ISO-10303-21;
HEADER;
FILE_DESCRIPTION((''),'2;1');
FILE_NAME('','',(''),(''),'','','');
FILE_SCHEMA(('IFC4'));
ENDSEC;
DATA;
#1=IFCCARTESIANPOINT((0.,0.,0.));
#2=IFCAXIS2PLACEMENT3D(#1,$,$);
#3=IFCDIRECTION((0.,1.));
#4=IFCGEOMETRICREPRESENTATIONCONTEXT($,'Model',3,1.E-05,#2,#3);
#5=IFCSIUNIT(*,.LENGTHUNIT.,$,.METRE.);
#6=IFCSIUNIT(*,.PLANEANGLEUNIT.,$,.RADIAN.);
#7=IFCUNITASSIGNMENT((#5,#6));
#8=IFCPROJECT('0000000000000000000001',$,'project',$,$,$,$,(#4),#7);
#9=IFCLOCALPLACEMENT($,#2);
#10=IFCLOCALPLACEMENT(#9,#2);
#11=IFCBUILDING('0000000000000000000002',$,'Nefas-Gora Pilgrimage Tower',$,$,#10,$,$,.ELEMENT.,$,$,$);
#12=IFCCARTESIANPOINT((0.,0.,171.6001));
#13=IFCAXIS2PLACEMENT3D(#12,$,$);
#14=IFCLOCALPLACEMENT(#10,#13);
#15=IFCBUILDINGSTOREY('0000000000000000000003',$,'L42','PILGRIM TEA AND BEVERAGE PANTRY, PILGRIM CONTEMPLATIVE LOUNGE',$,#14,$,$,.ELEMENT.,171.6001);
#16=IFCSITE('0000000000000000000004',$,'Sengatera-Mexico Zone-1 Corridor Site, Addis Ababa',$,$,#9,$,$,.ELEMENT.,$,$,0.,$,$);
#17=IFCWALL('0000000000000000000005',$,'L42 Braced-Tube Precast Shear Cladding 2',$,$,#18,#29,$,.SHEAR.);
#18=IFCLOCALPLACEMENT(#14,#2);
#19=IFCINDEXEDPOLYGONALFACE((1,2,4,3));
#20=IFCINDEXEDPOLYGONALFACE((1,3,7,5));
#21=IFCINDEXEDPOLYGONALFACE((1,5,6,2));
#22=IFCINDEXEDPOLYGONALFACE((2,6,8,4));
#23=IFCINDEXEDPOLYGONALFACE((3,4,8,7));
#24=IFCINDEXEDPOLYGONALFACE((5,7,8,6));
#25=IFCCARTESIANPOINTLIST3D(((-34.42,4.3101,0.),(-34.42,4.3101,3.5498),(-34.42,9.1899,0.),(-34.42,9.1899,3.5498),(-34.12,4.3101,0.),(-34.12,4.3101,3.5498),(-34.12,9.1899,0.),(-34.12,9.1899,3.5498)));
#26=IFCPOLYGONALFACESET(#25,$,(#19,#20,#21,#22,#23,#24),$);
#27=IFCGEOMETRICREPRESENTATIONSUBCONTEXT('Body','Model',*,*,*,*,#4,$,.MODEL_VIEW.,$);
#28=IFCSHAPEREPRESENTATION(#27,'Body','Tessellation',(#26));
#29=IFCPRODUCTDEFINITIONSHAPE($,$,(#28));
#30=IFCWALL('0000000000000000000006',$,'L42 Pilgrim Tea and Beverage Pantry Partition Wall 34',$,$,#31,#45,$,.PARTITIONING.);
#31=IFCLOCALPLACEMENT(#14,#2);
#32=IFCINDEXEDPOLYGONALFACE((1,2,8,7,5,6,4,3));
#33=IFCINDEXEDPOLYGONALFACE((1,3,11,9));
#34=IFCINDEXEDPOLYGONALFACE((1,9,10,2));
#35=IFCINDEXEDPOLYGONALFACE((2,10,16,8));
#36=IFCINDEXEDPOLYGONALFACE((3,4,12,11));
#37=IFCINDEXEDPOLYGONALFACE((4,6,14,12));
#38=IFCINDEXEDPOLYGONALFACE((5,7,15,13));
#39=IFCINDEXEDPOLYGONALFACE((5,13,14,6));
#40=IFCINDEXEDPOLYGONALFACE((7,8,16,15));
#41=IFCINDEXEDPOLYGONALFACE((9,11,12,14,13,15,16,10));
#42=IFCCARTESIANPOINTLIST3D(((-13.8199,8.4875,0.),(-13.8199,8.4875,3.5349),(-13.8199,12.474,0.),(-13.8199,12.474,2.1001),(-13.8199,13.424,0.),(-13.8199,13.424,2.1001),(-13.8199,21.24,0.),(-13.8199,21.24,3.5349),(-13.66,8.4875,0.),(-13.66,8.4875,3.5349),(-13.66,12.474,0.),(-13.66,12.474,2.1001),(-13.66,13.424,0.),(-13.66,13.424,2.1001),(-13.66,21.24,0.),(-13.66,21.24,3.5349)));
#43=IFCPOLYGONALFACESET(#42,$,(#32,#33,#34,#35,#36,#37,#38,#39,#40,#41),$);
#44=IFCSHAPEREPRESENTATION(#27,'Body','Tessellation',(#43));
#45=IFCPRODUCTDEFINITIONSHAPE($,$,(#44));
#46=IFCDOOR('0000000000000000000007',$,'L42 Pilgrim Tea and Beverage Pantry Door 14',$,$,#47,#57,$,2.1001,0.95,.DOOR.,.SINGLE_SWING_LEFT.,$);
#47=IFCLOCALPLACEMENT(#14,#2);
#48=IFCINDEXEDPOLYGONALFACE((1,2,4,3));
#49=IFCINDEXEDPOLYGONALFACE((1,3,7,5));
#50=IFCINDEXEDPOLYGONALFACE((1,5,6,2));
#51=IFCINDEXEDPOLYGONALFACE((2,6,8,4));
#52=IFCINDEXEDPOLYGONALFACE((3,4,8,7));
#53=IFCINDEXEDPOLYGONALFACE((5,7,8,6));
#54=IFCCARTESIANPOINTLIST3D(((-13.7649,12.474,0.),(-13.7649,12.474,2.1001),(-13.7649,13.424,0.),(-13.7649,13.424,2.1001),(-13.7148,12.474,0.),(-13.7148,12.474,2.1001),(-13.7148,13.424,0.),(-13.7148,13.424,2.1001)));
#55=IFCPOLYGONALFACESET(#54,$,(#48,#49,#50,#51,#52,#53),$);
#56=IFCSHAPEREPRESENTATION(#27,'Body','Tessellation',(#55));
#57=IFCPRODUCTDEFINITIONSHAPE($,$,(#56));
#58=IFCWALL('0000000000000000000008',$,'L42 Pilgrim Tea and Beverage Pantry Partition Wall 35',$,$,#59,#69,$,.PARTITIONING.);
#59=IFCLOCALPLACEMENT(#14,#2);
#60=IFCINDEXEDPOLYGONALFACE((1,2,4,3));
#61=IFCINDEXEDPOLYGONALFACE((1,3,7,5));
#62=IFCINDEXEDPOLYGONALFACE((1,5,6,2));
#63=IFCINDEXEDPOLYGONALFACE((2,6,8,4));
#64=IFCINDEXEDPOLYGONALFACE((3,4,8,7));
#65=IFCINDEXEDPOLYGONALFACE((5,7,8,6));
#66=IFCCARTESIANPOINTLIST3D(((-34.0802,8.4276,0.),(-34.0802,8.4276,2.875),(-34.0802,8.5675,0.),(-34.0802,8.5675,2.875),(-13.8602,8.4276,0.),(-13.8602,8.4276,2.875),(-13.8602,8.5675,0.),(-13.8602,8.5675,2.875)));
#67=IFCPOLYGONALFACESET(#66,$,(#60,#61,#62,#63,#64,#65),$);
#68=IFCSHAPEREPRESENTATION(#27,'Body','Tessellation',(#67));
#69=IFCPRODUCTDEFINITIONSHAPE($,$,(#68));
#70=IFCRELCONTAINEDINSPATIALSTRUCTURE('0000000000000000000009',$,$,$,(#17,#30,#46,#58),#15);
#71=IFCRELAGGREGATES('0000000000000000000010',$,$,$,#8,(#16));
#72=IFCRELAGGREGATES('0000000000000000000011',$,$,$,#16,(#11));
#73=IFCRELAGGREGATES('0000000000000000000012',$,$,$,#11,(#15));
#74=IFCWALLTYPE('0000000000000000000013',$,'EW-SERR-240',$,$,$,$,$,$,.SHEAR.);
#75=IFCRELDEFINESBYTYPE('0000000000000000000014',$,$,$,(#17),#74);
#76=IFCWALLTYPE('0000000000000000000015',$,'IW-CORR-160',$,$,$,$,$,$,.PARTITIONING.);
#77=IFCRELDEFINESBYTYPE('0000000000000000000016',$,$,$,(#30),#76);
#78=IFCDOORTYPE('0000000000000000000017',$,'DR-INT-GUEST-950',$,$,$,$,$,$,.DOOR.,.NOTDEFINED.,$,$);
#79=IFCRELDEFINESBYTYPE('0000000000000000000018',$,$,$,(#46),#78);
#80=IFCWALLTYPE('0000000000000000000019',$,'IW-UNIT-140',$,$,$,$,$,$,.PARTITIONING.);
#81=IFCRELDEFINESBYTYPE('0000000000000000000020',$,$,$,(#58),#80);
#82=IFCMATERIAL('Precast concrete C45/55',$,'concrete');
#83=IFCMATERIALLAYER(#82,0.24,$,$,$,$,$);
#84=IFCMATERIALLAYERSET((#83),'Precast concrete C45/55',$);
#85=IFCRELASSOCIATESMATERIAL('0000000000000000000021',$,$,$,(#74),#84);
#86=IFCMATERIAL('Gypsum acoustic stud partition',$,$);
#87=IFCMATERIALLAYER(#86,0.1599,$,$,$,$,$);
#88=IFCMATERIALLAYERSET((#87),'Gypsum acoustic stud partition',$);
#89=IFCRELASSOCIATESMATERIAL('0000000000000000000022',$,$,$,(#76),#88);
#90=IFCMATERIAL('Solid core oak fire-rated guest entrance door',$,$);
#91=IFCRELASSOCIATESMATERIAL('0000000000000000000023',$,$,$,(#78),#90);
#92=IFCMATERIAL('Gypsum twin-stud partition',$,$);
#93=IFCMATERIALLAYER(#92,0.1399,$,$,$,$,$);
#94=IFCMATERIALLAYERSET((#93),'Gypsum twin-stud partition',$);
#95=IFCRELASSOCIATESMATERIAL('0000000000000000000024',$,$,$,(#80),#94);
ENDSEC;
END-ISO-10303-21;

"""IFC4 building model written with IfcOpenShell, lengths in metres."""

from ifc_helpers import new_model, si_unit, direction, frame, frame_2d, origin, place, context, subcontext, project, spatial, rectangle, extrude, source, transform, mapped, material, layer, layer_set, type_object, element, fill, save


model = new_model("IFC4")

# Units and contexts
model_context = context("Model", 3, precision=1e-05, world=origin(), true_north=direction((0.0, 1.0)))
body_context = subcontext(model_context, "Body", "Model", "MODEL_VIEW")
ifc_project = project(units=[si_unit("LENGTHUNIT", "METRE"), si_unit("PLANEANGLEUNIT", "RADIAN")], contexts=[model_context])

# Site, building, storey
site_placement = place(None, origin())
site = spatial("IfcSite", under=ifc_project, at=site_placement, Name="Sengatera-Mexico Zone-1 Corridor Site, Addis Ababa", CompositionType="ELEMENT", RefElevation=0.0)
building_placement = place(site_placement, origin())
building = spatial("IfcBuilding", under=site, at=building_placement, Name="Nefas-Gora Pilgrimage Tower", CompositionType="ELEMENT")
storey_placement = place(building_placement, frame((0.0, 0.0, 171.6001)))
storey = spatial("IfcBuildingStorey", under=building, at=storey_placement, Name="L42", Description="PILGRIM TEA AND BEVERAGE PANTRY, PILGRIM CONTEMPLATIVE LOUNGE", CompositionType="ELEMENT", Elevation=171.6001)

# Wall
ifc_material_1 = material(Name="Precast concrete C45/55", Category="concrete")
ifc_layer_1 = layer(ifc_material_1, 0.24)
ifc_layer_set_1 = layer_set([ifc_layer_1], Name="Precast concrete C45/55")
wall_type_1 = type_object("IfcWallType", Name="EW-SERR-240", PredefinedType="SHEAR", material=ifc_layer_set_1)
shared_shape_1 = source(origin(), body_context, "Body", "SweptSolid", [
    extrude(rectangle(XDim=4.8799, YDim=0.3, at=frame_2d((2.4399, 0.0))), origin(), (0.0, 0.0, 1.0), 3.5498),
])
wall_1_placement = place(storey_placement, frame((-34.27, 4.3101, 0.0), z_axis=(0.0, 0.0, 1.0), x_axis=(0.0, 1.0, 0.0)))
element("IfcWall", 1, at=wall_1_placement, inside=storey, type_object=wall_type_1, Name="L42 Braced-Tube Precast Shear Cladding 2", PredefinedType="SHEAR", context=body_context, shape_type="MappedRepresentation", body=[
    mapped(shared_shape_1, transform((0.0, 0.0, 0.0), x_axis=(1.0, 0.0, 0.0), y_axis=(0.0, 1.0, 0.0), z_axis=(0.0, 0.0, 1.0), scale=1.0)),
])

# Wall, opening, door
ifc_material_2 = material(Name="Gypsum acoustic stud partition")
ifc_layer_2 = layer(ifc_material_2, 0.1599)
ifc_layer_set_2 = layer_set([ifc_layer_2], Name="Gypsum acoustic stud partition")
wall_type_2 = type_object("IfcWallType", Name="IW-CORR-160", PredefinedType="PARTITIONING", material=ifc_layer_set_2)
shared_shape_2 = source(origin(), body_context, "Body", "SweptSolid", [
    extrude(rectangle(XDim=12.7524, YDim=0.1599, at=frame_2d((6.3762, 0.0))), origin(), (0.0, 0.0, 1.0), 3.5349),
])
wall_2_placement = place(storey_placement, frame((-13.74, 8.4875, 0.0), z_axis=(0.0, 0.0, 1.0), x_axis=(0.0, 1.0, 0.0)))
wall_2 = element("IfcWall", 2, at=wall_2_placement, inside=storey, type_object=wall_type_2, Name="L42 Pilgrim Tea and Beverage Pantry Partition Wall 34", PredefinedType="PARTITIONING", context=body_context, shape_type="MappedRepresentation", body=[
    mapped(shared_shape_2, transform((0.0, 0.0, 0.0), x_axis=(1.0, 0.0, 0.0), y_axis=(0.0, 1.0, 0.0), z_axis=(0.0, 0.0, 1.0), scale=1.0)),
])
opening_placement = place(wall_2_placement, frame((3.9863, 0.0, 0.0)))
opening = element("IfcOpeningElement", 3, at=opening_placement, cuts=wall_2, PredefinedType="OPENING", context=body_context, shape_type="SweptSolid", body=[
    extrude(rectangle(XDim=0.95, YDim=2.1001, at=frame_2d((0.4751, 1.05))), frame((0.0, 0.0898, 0.0), z_axis=(0.0, -1.0, 0.0), x_axis=(1.0, 0.0, 0.0)), (0.0, 0.0, 1.0), 0.1799),
])
ifc_material_3 = material(Name="Solid core oak fire-rated guest entrance door")
door_type = type_object("IfcDoorType", Name="DR-INT-GUEST-950", OperationType="NOTDEFINED", PredefinedType="DOOR", material=ifc_material_3)
shared_shape_3 = source(origin(), body_context, "Body", "SweptSolid", [
    extrude(rectangle(XDim=0.95, YDim=2.1001, at=frame_2d((0.4751, 1.05))), frame((0.0, 0.0249, 0.0), z_axis=(0.0, -1.0, 0.0), x_axis=(1.0, 0.0, 0.0)), (0.0, 0.0, 1.0), 0.05),
])
door_placement = place(opening_placement, origin())
door = element("IfcDoor", 4, at=door_placement, inside=storey, type_object=door_type, Name="L42 Pilgrim Tea and Beverage Pantry Door 14", OperationType="SINGLE_SWING_LEFT", OverallHeight=2.1001, OverallWidth=0.95, PredefinedType="DOOR", context=body_context, shape_type="MappedRepresentation", body=[
    mapped(shared_shape_3, transform((0.0, 0.0, 0.0), x_axis=(1.0, 0.0, 0.0), y_axis=(0.0, 1.0, 0.0), z_axis=(0.0, 0.0, 1.0), scale=1.0)),
])
fill(opening, door)

# Wall
ifc_material_4 = material(Name="Gypsum twin-stud partition")
ifc_layer_3 = layer(ifc_material_4, 0.1399)
ifc_layer_set_3 = layer_set([ifc_layer_3], Name="Gypsum twin-stud partition")
wall_type_3 = type_object("IfcWallType", Name="IW-UNIT-140", PredefinedType="PARTITIONING", material=ifc_layer_set_3)
shared_shape_4 = source(origin(), body_context, "Body", "SweptSolid", [
    extrude(rectangle(XDim=20.22, YDim=0.1399, at=frame_2d((10.1099, 0.0))), origin(), (0.0, 0.0, 1.0), 2.875),
])
wall_3_placement = place(storey_placement, frame((-34.0801, 8.4976, 0.0), z_axis=(0.0, 0.0, 1.0), x_axis=(1.0, 0.0, 0.0)))
element("IfcWall", 5, at=wall_3_placement, inside=storey, type_object=wall_type_3, Name="L42 Pilgrim Tea and Beverage Pantry Partition Wall 35", PredefinedType="PARTITIONING", context=body_context, shape_type="MappedRepresentation", body=[
    mapped(shared_shape_4, transform((0.0, 0.0, 0.0), x_axis=(1.0, 0.0, 0.0), y_axis=(0.0, 1.0, 0.0), z_axis=(0.0, 0.0, 1.0), scale=1.0)),
])

save(model, "model.ifc")
